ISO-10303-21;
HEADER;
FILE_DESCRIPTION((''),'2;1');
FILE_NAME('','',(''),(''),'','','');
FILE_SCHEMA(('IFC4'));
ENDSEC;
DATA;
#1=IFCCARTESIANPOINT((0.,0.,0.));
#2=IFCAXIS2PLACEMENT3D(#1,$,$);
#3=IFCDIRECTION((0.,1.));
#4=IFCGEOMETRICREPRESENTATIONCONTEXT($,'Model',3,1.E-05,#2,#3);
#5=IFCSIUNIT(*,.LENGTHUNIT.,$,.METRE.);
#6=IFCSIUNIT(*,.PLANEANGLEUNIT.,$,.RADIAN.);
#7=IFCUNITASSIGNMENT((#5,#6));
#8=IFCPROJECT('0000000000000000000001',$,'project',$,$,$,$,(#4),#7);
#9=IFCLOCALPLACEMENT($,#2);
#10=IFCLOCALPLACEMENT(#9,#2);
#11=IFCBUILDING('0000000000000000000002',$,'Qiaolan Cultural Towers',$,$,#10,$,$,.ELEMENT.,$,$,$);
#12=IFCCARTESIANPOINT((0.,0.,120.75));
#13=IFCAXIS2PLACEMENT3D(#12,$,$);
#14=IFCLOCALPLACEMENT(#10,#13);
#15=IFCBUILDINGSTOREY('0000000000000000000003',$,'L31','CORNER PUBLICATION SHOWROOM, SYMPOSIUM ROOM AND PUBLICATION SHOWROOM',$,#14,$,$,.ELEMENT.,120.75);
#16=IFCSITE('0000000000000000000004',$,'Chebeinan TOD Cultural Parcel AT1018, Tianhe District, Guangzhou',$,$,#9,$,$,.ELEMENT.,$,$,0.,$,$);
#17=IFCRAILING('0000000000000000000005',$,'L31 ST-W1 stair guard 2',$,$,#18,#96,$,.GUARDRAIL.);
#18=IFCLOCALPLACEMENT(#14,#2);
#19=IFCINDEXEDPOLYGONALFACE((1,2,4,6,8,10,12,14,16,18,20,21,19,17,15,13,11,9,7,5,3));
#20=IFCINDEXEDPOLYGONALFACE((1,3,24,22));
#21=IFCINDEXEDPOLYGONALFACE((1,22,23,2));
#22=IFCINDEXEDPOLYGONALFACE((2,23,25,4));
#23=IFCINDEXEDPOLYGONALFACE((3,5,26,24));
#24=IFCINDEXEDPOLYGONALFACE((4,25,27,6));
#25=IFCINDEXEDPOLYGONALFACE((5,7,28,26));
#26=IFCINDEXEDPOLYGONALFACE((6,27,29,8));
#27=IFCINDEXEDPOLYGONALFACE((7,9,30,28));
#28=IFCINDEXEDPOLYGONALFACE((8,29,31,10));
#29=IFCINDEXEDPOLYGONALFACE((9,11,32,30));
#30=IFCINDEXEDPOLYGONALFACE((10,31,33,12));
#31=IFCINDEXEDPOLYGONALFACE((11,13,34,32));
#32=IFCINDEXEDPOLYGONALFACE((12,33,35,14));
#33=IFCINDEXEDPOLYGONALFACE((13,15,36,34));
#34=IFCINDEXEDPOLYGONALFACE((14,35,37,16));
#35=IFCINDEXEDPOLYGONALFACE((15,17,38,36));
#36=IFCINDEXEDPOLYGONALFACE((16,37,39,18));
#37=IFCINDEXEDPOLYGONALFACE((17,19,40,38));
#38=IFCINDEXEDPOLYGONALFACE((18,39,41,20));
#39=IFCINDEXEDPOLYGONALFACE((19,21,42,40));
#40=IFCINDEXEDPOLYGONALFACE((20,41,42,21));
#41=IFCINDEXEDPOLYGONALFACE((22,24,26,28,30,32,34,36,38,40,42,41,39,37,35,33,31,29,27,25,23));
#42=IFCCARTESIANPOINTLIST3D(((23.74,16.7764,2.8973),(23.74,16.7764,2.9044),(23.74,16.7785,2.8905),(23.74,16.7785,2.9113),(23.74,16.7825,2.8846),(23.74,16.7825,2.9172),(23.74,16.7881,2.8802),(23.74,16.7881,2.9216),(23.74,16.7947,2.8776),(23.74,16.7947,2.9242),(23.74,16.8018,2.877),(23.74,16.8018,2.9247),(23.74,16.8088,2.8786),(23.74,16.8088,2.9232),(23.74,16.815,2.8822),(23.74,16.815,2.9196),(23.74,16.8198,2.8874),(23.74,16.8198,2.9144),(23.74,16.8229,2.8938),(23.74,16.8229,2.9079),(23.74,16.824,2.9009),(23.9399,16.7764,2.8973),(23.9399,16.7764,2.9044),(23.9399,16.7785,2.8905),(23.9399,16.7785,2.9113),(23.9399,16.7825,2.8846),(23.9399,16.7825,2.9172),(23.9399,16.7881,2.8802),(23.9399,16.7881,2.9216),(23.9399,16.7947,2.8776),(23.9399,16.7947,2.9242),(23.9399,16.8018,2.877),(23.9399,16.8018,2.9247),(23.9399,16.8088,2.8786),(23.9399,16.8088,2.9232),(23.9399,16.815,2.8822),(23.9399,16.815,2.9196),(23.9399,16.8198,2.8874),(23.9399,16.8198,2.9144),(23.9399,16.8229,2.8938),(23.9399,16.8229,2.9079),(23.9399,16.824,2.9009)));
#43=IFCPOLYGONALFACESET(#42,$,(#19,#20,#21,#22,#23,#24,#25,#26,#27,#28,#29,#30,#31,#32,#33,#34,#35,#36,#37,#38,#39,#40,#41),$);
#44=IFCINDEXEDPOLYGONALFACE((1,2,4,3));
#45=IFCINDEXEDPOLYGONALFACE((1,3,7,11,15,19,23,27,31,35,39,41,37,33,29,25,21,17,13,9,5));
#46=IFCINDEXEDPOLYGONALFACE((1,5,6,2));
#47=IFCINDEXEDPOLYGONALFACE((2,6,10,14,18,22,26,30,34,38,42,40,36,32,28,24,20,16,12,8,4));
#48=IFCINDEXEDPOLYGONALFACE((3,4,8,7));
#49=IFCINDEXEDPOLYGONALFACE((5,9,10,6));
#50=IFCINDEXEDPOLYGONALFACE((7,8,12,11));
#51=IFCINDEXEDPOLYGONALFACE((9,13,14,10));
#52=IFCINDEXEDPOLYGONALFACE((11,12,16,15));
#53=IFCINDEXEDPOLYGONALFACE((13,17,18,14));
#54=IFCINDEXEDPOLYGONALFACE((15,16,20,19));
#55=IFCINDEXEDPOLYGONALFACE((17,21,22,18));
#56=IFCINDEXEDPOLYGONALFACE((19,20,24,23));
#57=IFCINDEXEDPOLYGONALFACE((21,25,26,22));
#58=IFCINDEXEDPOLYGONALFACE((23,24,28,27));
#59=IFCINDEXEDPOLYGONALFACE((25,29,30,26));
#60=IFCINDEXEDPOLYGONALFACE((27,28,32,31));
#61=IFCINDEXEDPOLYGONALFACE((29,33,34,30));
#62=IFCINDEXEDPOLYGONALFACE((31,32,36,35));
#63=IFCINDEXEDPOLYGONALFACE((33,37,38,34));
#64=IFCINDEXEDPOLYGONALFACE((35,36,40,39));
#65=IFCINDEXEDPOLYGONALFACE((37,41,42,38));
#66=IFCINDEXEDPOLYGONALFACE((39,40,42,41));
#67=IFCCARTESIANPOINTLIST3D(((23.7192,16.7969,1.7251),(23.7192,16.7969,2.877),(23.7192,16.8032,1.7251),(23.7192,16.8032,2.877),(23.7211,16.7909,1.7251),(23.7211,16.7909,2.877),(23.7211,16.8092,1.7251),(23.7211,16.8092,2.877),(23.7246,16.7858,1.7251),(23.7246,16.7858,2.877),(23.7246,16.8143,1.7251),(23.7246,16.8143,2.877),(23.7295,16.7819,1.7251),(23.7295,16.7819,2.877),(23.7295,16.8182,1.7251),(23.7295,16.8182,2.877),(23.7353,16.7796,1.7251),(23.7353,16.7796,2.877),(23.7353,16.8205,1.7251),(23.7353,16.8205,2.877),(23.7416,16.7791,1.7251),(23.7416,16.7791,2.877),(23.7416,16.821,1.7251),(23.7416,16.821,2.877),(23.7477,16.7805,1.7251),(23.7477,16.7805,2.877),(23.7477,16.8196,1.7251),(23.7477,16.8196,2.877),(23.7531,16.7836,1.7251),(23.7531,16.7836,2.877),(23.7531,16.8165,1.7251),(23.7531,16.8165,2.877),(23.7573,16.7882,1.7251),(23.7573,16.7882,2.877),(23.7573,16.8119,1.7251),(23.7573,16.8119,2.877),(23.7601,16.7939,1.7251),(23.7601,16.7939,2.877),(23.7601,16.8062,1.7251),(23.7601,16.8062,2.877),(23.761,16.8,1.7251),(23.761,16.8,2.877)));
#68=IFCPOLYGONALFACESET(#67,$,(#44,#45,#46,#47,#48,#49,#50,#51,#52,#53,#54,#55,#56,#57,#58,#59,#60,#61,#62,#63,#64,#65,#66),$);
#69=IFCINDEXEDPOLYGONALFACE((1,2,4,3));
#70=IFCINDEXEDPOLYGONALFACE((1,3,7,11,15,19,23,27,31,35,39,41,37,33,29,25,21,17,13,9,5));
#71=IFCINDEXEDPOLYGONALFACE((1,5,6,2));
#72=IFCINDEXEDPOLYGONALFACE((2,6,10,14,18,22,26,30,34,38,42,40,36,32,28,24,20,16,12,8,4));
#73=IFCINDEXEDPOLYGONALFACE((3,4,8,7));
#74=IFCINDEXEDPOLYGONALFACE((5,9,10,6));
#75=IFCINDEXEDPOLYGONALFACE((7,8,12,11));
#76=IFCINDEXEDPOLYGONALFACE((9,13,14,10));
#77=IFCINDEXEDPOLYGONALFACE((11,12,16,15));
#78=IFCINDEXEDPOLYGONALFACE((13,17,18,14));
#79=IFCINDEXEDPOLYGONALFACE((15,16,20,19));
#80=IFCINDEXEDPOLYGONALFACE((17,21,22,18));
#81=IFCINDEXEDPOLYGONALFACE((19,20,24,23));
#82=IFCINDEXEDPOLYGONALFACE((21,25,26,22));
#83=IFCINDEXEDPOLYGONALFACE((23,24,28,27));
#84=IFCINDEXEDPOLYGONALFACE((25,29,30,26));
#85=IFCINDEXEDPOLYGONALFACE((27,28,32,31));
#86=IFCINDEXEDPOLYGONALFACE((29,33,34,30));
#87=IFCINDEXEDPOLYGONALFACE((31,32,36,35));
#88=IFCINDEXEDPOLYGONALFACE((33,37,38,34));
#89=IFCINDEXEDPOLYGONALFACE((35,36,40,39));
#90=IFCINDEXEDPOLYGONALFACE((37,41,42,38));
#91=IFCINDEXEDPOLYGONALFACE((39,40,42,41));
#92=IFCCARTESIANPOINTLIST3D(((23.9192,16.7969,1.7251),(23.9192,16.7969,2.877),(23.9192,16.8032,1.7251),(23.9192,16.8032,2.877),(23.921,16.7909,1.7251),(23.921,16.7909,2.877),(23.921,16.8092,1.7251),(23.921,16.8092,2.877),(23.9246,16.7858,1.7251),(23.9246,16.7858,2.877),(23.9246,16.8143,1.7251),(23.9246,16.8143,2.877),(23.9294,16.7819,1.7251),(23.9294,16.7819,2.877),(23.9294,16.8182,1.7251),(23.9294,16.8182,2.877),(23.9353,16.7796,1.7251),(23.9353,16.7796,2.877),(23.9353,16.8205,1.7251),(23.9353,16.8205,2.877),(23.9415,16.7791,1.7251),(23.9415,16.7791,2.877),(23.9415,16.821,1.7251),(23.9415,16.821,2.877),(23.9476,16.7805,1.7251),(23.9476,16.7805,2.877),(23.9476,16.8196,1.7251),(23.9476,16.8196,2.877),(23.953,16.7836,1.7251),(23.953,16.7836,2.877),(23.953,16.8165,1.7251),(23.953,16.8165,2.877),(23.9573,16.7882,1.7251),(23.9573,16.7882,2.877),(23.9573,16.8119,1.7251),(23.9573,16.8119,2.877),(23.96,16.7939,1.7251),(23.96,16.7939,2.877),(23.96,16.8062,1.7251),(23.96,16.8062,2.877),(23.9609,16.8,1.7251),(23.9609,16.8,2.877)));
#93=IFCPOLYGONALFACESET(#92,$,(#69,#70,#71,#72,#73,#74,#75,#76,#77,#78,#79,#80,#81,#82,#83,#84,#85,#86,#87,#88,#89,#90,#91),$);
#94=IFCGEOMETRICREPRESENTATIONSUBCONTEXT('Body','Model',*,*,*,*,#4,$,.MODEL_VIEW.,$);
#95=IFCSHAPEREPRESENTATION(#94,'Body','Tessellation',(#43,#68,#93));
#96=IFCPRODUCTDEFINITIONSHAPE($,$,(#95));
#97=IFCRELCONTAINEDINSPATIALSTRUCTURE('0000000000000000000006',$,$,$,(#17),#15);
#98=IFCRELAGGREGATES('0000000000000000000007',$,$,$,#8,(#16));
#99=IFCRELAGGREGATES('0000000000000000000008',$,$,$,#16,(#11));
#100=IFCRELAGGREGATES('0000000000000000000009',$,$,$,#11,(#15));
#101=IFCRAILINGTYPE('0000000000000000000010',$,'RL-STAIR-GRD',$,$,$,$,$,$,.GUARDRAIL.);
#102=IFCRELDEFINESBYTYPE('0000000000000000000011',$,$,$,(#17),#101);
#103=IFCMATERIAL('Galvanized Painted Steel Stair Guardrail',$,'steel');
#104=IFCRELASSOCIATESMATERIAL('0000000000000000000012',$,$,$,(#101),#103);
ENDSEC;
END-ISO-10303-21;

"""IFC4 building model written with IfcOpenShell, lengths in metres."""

from ifc_helpers import new_model, si_unit, direction, frame, origin, origin_2d, place, context, subcontext, project, spatial, circle, extrude, material, type_object, element, save


model = new_model("IFC4")

# Units and contexts
model_context = context("Model", 3, precision=1e-05, world=origin(), true_north=direction((0.0, 1.0)))
body_context = subcontext(model_context, "Body", "Model", "MODEL_VIEW")
ifc_project = project(units=[si_unit("LENGTHUNIT", "METRE"), si_unit("PLANEANGLEUNIT", "RADIAN")], contexts=[model_context])

# Site, building, storey
site_placement = place(None, origin())
site = spatial("IfcSite", under=ifc_project, at=site_placement, Name="Chebeinan TOD Cultural Parcel AT1018, Tianhe District, Guangzhou", CompositionType="ELEMENT", RefElevation=0.0)
building_placement = place(site_placement, origin())
building = spatial("IfcBuilding", under=site, at=building_placement, Name="Qiaolan Cultural Towers", CompositionType="ELEMENT")
storey_placement = place(building_placement, frame((0.0, 0.0, 120.75)))
storey = spatial("IfcBuildingStorey", under=building, at=storey_placement, Name="L31", Description="CORNER PUBLICATION SHOWROOM, SYMPOSIUM ROOM AND PUBLICATION SHOWROOM", CompositionType="ELEMENT", Elevation=120.75)

# Railing
ifc_material_1 = material(Name="Galvanized Painted Steel Stair Guardrail", Category="steel")
railing_type_1 = type_object("IfcRailingType", Name="RL-STAIR-GRD", PredefinedType="GUARDRAIL", material=ifc_material_1)
railing_1_placement = place(storey_placement, frame((23.74, 16.8, 1.7251)))
element("IfcRailing", 1, at=railing_1_placement, inside=storey, type_object=railing_type_1, Name="L31 ST-W1 stair guard 2", PredefinedType="GUARDRAIL", context=body_context, shape_type="SweptSolid", body=[
    extrude(circle(Radius=0.0239, at=origin_2d()), frame((0.0, 0.0, 1.1758), z_axis=(1.0, 0.0, 0.0), x_axis=(0.0, 1.0, 0.0)), (0.0, 0.0, 1.0), 0.2),
    extrude(circle(Radius=0.021, at=origin_2d()), origin(), (0.0, 0.0, 1.0), 1.1519),
    extrude(circle(Radius=0.021, at=origin_2d()), frame((0.2, 0.0, 0.0)), (0.0, 0.0, 1.0), 1.1519),
])

save(model, "model.ifc")
